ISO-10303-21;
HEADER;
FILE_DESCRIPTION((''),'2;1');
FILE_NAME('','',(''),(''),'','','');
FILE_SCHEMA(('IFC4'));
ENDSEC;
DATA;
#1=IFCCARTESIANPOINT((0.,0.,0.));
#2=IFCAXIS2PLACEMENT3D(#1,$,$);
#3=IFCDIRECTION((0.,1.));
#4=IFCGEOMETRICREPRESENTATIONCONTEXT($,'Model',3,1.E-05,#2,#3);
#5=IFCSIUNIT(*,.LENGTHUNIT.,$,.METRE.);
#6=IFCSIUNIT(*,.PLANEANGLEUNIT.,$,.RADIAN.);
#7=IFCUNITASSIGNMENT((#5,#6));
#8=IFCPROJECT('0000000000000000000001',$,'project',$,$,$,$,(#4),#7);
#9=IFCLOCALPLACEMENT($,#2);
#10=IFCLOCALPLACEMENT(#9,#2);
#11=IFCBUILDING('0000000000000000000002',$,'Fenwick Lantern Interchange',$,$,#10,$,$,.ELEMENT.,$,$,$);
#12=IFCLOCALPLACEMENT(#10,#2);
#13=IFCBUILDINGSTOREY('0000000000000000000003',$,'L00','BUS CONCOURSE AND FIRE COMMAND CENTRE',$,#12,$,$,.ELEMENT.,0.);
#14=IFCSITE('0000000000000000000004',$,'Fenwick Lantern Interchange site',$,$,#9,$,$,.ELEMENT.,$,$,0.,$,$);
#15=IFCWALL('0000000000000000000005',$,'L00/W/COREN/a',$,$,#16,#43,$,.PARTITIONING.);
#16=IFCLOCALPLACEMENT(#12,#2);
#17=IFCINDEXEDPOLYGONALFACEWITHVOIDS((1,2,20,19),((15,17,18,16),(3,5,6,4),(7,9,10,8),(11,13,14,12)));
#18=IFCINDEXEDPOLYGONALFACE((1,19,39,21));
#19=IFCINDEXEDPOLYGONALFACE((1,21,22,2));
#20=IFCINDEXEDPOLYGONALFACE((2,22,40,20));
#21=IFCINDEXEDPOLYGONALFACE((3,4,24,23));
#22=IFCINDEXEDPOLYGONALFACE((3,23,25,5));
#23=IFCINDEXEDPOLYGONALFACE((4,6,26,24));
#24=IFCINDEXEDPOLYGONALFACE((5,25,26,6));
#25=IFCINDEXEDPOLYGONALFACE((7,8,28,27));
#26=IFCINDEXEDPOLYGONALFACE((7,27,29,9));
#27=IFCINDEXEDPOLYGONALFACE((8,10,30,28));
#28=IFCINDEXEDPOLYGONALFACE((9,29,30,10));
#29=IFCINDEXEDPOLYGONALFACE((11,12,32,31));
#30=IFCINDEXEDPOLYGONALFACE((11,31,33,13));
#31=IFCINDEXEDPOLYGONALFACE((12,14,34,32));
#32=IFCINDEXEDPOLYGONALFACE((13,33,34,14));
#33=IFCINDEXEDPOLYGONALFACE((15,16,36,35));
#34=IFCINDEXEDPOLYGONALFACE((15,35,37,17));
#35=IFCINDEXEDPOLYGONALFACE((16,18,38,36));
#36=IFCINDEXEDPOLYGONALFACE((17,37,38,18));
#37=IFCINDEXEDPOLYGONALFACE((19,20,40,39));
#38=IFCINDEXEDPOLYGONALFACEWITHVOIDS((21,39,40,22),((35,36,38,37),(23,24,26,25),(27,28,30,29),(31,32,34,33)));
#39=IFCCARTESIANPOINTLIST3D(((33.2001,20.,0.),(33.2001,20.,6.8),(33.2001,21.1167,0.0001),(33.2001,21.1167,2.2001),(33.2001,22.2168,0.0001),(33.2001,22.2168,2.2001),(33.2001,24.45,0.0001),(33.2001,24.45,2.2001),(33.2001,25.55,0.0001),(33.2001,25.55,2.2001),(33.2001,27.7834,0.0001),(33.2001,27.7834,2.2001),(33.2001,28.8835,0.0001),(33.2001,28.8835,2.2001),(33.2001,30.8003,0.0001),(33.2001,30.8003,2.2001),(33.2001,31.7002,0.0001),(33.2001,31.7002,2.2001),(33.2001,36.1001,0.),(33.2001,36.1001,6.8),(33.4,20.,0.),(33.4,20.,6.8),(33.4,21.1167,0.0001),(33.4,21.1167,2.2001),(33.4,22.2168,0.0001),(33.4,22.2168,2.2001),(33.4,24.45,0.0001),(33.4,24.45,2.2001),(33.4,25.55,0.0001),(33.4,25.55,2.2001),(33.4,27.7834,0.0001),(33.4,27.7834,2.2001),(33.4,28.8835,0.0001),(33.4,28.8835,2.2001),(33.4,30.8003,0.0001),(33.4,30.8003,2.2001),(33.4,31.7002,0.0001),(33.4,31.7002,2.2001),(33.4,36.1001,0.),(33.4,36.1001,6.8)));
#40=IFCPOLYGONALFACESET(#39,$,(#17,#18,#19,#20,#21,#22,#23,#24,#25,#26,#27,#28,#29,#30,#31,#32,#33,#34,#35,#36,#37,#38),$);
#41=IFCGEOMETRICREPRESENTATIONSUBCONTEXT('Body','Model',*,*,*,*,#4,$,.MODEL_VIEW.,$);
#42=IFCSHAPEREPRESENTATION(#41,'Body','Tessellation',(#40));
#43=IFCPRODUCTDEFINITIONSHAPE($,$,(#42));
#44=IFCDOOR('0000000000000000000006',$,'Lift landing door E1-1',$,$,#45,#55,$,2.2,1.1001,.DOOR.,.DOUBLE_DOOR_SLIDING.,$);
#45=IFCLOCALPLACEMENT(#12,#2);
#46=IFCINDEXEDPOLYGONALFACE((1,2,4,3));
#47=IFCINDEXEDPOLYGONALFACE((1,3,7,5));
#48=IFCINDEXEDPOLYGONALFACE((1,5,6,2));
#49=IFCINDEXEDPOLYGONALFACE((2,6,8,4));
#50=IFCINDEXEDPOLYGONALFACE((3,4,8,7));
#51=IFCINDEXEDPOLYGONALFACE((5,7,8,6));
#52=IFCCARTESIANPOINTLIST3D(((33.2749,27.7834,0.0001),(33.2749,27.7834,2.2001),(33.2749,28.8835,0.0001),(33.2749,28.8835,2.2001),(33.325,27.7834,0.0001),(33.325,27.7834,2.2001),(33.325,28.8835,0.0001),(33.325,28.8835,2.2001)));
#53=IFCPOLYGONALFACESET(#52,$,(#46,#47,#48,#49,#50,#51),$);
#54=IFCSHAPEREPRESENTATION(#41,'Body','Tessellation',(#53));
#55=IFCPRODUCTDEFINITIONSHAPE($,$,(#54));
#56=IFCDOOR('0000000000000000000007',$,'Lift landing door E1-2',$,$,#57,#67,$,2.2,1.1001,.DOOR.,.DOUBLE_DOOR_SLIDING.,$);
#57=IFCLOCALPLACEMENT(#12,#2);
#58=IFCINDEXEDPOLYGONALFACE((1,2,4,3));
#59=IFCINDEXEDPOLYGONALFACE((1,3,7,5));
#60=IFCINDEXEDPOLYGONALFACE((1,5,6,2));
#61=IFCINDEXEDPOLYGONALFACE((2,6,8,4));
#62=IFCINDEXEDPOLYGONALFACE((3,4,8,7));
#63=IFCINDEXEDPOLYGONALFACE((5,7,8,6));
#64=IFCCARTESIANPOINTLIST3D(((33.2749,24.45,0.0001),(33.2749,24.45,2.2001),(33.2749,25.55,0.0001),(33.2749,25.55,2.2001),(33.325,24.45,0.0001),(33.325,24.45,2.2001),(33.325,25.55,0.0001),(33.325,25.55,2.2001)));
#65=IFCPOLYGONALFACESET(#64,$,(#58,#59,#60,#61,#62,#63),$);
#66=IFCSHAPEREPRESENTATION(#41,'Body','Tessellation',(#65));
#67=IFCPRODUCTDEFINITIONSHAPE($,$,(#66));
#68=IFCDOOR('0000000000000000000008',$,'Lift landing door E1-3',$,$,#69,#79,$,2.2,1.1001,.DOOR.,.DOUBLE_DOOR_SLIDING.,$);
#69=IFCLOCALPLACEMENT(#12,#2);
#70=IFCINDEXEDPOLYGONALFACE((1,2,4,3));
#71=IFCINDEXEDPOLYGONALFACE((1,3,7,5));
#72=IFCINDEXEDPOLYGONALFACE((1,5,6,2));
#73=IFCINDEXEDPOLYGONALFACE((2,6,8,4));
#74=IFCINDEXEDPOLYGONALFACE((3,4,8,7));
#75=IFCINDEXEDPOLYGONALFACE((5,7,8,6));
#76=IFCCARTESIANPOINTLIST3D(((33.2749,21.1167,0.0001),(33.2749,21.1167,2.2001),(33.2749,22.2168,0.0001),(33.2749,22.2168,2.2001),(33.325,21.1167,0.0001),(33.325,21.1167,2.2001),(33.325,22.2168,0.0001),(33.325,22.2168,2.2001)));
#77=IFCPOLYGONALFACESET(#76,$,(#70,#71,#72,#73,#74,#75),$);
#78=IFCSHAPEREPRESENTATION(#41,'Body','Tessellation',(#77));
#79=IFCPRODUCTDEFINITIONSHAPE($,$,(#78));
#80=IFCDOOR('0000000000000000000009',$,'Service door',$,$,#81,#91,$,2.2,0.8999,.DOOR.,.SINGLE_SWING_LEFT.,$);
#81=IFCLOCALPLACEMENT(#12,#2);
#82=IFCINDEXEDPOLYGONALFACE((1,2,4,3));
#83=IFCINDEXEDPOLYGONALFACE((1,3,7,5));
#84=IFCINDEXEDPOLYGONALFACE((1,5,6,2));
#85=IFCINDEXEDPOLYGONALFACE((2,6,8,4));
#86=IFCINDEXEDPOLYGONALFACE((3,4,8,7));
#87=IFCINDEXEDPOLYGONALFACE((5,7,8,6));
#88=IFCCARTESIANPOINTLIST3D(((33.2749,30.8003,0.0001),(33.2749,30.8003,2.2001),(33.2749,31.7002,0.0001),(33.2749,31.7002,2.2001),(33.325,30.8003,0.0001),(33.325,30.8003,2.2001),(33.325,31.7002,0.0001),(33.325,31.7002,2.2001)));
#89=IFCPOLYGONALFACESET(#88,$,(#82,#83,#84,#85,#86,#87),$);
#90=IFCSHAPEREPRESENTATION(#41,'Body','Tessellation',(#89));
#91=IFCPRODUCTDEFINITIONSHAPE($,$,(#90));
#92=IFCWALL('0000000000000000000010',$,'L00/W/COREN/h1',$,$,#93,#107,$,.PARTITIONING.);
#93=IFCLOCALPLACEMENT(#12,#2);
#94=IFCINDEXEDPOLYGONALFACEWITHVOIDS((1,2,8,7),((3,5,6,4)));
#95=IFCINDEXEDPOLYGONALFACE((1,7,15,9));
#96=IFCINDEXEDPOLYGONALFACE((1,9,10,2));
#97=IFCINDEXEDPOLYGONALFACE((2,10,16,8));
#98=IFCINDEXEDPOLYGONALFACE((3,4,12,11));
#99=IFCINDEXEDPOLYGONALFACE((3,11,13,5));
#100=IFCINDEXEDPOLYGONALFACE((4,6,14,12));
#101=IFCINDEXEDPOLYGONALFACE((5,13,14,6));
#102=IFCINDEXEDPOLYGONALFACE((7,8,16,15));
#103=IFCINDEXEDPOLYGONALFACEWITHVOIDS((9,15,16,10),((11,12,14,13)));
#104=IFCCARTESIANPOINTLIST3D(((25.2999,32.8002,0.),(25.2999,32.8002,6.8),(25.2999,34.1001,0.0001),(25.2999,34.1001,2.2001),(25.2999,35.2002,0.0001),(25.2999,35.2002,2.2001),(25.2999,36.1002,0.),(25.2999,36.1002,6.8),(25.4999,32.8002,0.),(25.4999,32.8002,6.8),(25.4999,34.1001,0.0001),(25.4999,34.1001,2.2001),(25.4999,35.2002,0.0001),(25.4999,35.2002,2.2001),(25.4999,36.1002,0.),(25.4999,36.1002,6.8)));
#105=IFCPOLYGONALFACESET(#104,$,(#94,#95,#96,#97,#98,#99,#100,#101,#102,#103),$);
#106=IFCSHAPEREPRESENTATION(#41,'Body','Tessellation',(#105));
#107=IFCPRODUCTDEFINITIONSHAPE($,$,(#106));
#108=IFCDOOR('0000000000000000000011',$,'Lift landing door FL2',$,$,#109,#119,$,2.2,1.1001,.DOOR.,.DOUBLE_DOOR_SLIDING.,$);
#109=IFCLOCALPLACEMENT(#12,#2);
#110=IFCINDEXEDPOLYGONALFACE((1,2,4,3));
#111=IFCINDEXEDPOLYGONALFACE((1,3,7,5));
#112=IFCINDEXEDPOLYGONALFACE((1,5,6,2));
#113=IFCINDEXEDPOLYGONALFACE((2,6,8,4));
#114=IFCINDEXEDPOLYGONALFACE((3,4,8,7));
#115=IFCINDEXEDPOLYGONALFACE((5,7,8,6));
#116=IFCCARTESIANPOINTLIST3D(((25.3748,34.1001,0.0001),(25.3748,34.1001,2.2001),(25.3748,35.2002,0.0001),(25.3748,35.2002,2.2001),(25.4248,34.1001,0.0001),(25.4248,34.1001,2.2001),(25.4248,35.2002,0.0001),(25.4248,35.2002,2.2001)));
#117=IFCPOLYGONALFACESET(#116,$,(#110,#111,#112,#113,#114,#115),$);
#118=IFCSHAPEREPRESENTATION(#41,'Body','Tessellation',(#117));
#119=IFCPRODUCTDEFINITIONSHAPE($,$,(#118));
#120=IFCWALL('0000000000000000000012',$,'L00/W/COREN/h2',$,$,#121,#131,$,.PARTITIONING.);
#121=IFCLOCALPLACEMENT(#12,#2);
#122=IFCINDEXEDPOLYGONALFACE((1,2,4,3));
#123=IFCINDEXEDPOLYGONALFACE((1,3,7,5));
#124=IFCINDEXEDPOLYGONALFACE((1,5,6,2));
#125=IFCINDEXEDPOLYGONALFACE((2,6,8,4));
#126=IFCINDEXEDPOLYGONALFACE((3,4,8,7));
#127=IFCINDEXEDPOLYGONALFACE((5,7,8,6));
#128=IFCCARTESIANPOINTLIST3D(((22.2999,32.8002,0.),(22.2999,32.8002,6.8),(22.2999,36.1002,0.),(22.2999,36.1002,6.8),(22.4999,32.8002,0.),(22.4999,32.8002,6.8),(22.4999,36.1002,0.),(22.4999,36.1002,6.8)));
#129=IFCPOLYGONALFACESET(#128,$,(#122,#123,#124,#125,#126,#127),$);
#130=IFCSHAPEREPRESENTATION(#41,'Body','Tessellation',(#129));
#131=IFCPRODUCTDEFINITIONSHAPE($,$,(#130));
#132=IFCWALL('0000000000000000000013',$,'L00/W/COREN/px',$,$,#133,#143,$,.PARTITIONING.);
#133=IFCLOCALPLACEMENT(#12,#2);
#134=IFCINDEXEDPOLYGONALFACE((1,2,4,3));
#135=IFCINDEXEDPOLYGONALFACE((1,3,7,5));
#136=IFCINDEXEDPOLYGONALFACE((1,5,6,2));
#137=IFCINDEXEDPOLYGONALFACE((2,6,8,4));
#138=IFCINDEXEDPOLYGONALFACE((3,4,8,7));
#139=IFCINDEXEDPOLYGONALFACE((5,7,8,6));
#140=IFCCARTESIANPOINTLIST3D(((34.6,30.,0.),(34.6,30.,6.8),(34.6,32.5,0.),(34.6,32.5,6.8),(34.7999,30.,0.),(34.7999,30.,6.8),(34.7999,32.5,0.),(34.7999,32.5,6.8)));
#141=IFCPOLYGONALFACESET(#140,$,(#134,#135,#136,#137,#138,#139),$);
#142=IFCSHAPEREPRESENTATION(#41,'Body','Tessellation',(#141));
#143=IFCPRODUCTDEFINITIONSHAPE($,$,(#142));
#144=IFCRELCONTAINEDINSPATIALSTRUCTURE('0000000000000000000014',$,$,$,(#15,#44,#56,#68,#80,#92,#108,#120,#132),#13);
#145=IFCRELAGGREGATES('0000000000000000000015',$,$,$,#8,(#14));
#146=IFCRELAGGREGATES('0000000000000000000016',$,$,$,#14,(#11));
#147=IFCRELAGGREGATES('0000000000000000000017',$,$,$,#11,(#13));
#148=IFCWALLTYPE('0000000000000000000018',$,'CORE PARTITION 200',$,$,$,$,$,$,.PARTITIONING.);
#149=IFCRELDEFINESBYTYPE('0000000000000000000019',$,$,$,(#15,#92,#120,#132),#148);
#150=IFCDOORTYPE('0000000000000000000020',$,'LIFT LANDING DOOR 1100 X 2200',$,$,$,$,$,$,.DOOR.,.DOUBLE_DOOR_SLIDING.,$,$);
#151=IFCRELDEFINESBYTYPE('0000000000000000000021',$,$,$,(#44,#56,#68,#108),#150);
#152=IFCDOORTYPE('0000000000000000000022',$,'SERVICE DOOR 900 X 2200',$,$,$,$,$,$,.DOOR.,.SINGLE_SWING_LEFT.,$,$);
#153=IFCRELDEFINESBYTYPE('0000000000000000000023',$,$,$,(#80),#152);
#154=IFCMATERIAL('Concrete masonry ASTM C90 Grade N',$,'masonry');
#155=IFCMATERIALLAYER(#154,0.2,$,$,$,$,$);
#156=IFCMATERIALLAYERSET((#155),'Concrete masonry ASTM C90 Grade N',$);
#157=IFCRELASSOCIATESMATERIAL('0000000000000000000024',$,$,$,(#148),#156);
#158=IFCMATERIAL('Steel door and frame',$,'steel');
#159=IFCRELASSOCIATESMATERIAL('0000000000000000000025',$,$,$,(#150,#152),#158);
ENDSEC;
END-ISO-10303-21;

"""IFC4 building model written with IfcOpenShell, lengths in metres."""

from ifc_helpers import new_model, si_unit, direction, frame, frame_2d, origin, place, context, subcontext, project, spatial, rectangle, extrude, material, layer, layer_set, type_object, element, fill, save


model = new_model("IFC4")

# Units and contexts
model_context = context("Model", 3, precision=1e-05, world=origin(), true_north=direction((0.0, 1.0)))
body_context = subcontext(model_context, "Body", "Model", "MODEL_VIEW")
ifc_project = project(units=[si_unit("LENGTHUNIT", "METRE"), si_unit("PLANEANGLEUNIT", "RADIAN")], contexts=[model_context])

# Site, building, storey
site_placement = place(None, origin())
site = spatial("IfcSite", under=ifc_project, at=site_placement, Name="Fenwick Lantern Interchange site", CompositionType="ELEMENT", RefElevation=0.0)
building_placement = place(site_placement, origin())
building = spatial("IfcBuilding", under=site, at=building_placement, Name="Fenwick Lantern Interchange", CompositionType="ELEMENT")
storey_placement = place(building_placement, origin())
storey = spatial("IfcBuildingStorey", under=building, at=storey_placement, Name="L00", Description="BUS CONCOURSE AND FIRE COMMAND CENTRE", CompositionType="ELEMENT", Elevation=0.0)

# Wall, openings, doors
ifc_material_1 = material(Name="Concrete masonry ASTM C90 Grade N", Category="masonry")
ifc_layer_1 = layer(ifc_material_1, 0.2)
ifc_layer_set_1 = layer_set([ifc_layer_1], Name="Concrete masonry ASTM C90 Grade N")
wall_type_1 = type_object("IfcWallType", Name="CORE PARTITION 200", PredefinedType="PARTITIONING", material=ifc_layer_set_1)
wall_1_placement = place(storey_placement, frame((33.3, 36.1001, 0.0), z_axis=(0.0, 0.0, 1.0), x_axis=(0.0, -1.0, 0.0)))
wall_1 = element("IfcWall", 1, at=wall_1_placement, inside=storey, type_object=wall_type_1, Name="L00/W/COREN/a", PredefinedType="PARTITIONING", context=body_context, shape_type="SweptSolid", body=[
    extrude(rectangle(XDim=16.1001, YDim=0.2, at=frame_2d((8.05, 0.0))), origin(), (0.0, 0.0, 1.0), 6.8),
])
opening_1_placement = place(wall_1_placement, frame((4.3999, 0.0, 0.0)))
opening_1 = element("IfcOpeningElement", 2, at=opening_1_placement, cuts=wall_1, PredefinedType="OPENING", context=body_context, shape_type="SweptSolid", body=[
    extrude(rectangle(XDim=0.8999, YDim=2.2, at=frame_2d((0.45, 1.1001))), frame((0.0, 0.1099, 0.0), z_axis=(0.0, -1.0, 0.0), x_axis=(1.0, 0.0, 0.0)), (0.0, 0.0, 1.0), 0.22),
])
opening_2_placement = place(wall_1_placement, frame((7.2166, 0.0, 0.0)))
opening_2 = element("IfcOpeningElement", 3, at=opening_2_placement, cuts=wall_1, PredefinedType="OPENING", context=body_context, shape_type="SweptSolid", body=[
    extrude(rectangle(XDim=1.1001, YDim=2.2, at=frame_2d((0.55, 1.1001))), frame((0.0, 0.1099, 0.0), z_axis=(0.0, -1.0, 0.0), x_axis=(1.0, 0.0, 0.0)), (0.0, 0.0, 1.0), 0.22),
])
opening_3_placement = place(wall_1_placement, frame((10.55, 0.0, 0.0)))
opening_3 = element("IfcOpeningElement", 4, at=opening_3_placement, cuts=wall_1, PredefinedType="OPENING", context=body_context, shape_type="SweptSolid", body=[
    extrude(rectangle(XDim=1.1001, YDim=2.2, at=frame_2d((0.55, 1.1001))), frame((0.0, 0.1099, 0.0), z_axis=(0.0, -1.0, 0.0), x_axis=(1.0, 0.0, 0.0)), (0.0, 0.0, 1.0), 0.22),
])
opening_4_placement = place(wall_1_placement, frame((13.8833, 0.0, 0.0)))
opening_4 = element("IfcOpeningElement", 5, at=opening_4_placement, cuts=wall_1, PredefinedType="OPENING", context=body_context, shape_type="SweptSolid", body=[
    extrude(rectangle(XDim=1.1001, YDim=2.2, at=frame_2d((0.55, 1.1001))), frame((0.0, 0.1099, 0.0), z_axis=(0.0, -1.0, 0.0), x_axis=(1.0, 0.0, 0.0)), (0.0, 0.0, 1.0), 0.22),
])
ifc_material_2 = material(Name="Steel door and frame", Category="steel")
door_type_1 = type_object("IfcDoorType", Name="LIFT LANDING DOOR 1100 X 2200", OperationType="DOUBLE_DOOR_SLIDING", PredefinedType="DOOR", material=ifc_material_2)
door_1_placement = place(opening_2_placement, origin())
door_1 = element("IfcDoor", 6, at=door_1_placement, inside=storey, type_object=door_type_1, Name="Lift landing door E1-1", OperationType="DOUBLE_DOOR_SLIDING", OverallHeight=2.2, OverallWidth=1.1001, PredefinedType="DOOR", context=body_context, shape_type="SweptSolid", body=[
    extrude(rectangle(XDim=1.1001, YDim=2.2, at=frame_2d((0.55, 1.1001))), frame((0.0, 0.0249, 0.0), z_axis=(0.0, -1.0, 0.0), x_axis=(1.0, 0.0, 0.0)), (0.0, 0.0, 1.0), 0.05),
])
fill(opening_2, door_1)
door_2_placement = place(opening_3_placement, origin())
door_2 = element("IfcDoor", 7, at=door_2_placement, inside=storey, type_object=door_type_1, Name="Lift landing door E1-2", OperationType="DOUBLE_DOOR_SLIDING", OverallHeight=2.2, OverallWidth=1.1001, PredefinedType="DOOR", context=body_context, shape_type="SweptSolid", body=[
    extrude(rectangle(XDim=1.1001, YDim=2.2, at=frame_2d((0.55, 1.1001))), frame((0.0, 0.0249, 0.0), z_axis=(0.0, -1.0, 0.0), x_axis=(1.0, 0.0, 0.0)), (0.0, 0.0, 1.0), 0.05),
])
fill(opening_3, door_2)
door_3_placement = place(opening_4_placement, origin())
door_3 = element("IfcDoor", 8, at=door_3_placement, inside=storey, type_object=door_type_1, Name="Lift landing door E1-3", OperationType="DOUBLE_DOOR_SLIDING", OverallHeight=2.2, OverallWidth=1.1001, PredefinedType="DOOR", context=body_context, shape_type="SweptSolid", body=[
    extrude(rectangle(XDim=1.1001, YDim=2.2, at=frame_2d((0.55, 1.1001))), frame((0.0, 0.0249, 0.0), z_axis=(0.0, -1.0, 0.0), x_axis=(1.0, 0.0, 0.0)), (0.0, 0.0, 1.0), 0.05),
])
fill(opening_4, door_3)
door_type_2 = type_object("IfcDoorType", Name="SERVICE DOOR 900 X 2200", OperationType="SINGLE_SWING_LEFT", PredefinedType="DOOR", material=ifc_material_2)
door_4_placement = place(opening_1_placement, origin())
door_4 = element("IfcDoor", 9, at=door_4_placement, inside=storey, type_object=door_type_2, Name="Service door", OperationType="SINGLE_SWING_LEFT", OverallHeight=2.2, OverallWidth=0.8999, PredefinedType="DOOR", context=body_context, shape_type="SweptSolid", body=[
    extrude(rectangle(XDim=0.8999, YDim=2.2, at=frame_2d((0.45, 1.1001))), frame((0.0, 0.0249, 0.0), z_axis=(0.0, -1.0, 0.0), x_axis=(1.0, 0.0, 0.0)), (0.0, 0.0, 1.0), 0.05),
])
fill(opening_1, door_4)

# Wall, opening, door
wall_2_placement = place(storey_placement, frame((25.3999, 36.1001, 0.0), z_axis=(0.0, 0.0, 1.0), x_axis=(0.0, -1.0, 0.0)))
wall_2 = element("IfcWall", 10, at=wall_2_placement, inside=storey, type_object=wall_type_1, Name="L00/W/COREN/h1", PredefinedType="PARTITIONING", context=body_context, shape_type="SweptSolid", body=[
    extrude(rectangle(XDim=3.3, YDim=0.2, at=frame_2d((1.6499, 0.0))), origin(), (0.0, 0.0, 1.0), 6.8),
])
opening_5_placement = place(wall_2_placement, frame((0.8999, 0.0, 0.0)))
opening_5 = element("IfcOpeningElement", 11, at=opening_5_placement, cuts=wall_2, PredefinedType="OPENING", context=body_context, shape_type="SweptSolid", body=[
    extrude(rectangle(XDim=1.1001, YDim=2.2, at=frame_2d((0.55, 1.1001))), frame((0.0, 0.1099, 0.0), z_axis=(0.0, -1.0, 0.0), x_axis=(1.0, 0.0, 0.0)), (0.0, 0.0, 1.0), 0.22),
])
door_5_placement = place(opening_5_placement, origin())
door_5 = element("IfcDoor", 12, at=door_5_placement, inside=storey, type_object=door_type_1, Name="Lift landing door FL2", OperationType="DOUBLE_DOOR_SLIDING", OverallHeight=2.2, OverallWidth=1.1001, PredefinedType="DOOR", context=body_context, shape_type="SweptSolid", body=[
    extrude(rectangle(XDim=1.1001, YDim=2.2, at=frame_2d((0.55, 1.1001))), frame((0.0, 0.0249, 0.0), z_axis=(0.0, -1.0, 0.0), x_axis=(1.0, 0.0, 0.0)), (0.0, 0.0, 1.0), 0.05),
])
fill(opening_5, door_5)

# Walls
wall_3_placement = place(storey_placement, frame((22.3999, 36.1001, 0.0), z_axis=(0.0, 0.0, 1.0), x_axis=(0.0, -1.0, 0.0)))
element("IfcWall", 13, at=wall_3_placement, inside=storey, type_object=wall_type_1, Name="L00/W/COREN/h2", PredefinedType="PARTITIONING", context=body_context, shape_type="SweptSolid", body=[
    extrude(rectangle(XDim=3.3, YDim=0.2, at=frame_2d((1.6499, 0.0))), origin(), (0.0, 0.0, 1.0), 6.8),
])
wall_4_placement = place(storey_placement, frame((34.7, 32.5, 0.0), z_axis=(0.0, 0.0, 1.0), x_axis=(0.0, -1.0, 0.0)))
element("IfcWall", 14, at=wall_4_placement, inside=storey, type_object=wall_type_1, Name="L00/W/COREN/px", PredefinedType="PARTITIONING", context=body_context, shape_type="SweptSolid", body=[
    extrude(rectangle(XDim=2.5, YDim=0.2, at=frame_2d((1.25, 0.0))), origin(), (0.0, 0.0, 1.0), 6.8),
])

save(model, "model.ifc")
